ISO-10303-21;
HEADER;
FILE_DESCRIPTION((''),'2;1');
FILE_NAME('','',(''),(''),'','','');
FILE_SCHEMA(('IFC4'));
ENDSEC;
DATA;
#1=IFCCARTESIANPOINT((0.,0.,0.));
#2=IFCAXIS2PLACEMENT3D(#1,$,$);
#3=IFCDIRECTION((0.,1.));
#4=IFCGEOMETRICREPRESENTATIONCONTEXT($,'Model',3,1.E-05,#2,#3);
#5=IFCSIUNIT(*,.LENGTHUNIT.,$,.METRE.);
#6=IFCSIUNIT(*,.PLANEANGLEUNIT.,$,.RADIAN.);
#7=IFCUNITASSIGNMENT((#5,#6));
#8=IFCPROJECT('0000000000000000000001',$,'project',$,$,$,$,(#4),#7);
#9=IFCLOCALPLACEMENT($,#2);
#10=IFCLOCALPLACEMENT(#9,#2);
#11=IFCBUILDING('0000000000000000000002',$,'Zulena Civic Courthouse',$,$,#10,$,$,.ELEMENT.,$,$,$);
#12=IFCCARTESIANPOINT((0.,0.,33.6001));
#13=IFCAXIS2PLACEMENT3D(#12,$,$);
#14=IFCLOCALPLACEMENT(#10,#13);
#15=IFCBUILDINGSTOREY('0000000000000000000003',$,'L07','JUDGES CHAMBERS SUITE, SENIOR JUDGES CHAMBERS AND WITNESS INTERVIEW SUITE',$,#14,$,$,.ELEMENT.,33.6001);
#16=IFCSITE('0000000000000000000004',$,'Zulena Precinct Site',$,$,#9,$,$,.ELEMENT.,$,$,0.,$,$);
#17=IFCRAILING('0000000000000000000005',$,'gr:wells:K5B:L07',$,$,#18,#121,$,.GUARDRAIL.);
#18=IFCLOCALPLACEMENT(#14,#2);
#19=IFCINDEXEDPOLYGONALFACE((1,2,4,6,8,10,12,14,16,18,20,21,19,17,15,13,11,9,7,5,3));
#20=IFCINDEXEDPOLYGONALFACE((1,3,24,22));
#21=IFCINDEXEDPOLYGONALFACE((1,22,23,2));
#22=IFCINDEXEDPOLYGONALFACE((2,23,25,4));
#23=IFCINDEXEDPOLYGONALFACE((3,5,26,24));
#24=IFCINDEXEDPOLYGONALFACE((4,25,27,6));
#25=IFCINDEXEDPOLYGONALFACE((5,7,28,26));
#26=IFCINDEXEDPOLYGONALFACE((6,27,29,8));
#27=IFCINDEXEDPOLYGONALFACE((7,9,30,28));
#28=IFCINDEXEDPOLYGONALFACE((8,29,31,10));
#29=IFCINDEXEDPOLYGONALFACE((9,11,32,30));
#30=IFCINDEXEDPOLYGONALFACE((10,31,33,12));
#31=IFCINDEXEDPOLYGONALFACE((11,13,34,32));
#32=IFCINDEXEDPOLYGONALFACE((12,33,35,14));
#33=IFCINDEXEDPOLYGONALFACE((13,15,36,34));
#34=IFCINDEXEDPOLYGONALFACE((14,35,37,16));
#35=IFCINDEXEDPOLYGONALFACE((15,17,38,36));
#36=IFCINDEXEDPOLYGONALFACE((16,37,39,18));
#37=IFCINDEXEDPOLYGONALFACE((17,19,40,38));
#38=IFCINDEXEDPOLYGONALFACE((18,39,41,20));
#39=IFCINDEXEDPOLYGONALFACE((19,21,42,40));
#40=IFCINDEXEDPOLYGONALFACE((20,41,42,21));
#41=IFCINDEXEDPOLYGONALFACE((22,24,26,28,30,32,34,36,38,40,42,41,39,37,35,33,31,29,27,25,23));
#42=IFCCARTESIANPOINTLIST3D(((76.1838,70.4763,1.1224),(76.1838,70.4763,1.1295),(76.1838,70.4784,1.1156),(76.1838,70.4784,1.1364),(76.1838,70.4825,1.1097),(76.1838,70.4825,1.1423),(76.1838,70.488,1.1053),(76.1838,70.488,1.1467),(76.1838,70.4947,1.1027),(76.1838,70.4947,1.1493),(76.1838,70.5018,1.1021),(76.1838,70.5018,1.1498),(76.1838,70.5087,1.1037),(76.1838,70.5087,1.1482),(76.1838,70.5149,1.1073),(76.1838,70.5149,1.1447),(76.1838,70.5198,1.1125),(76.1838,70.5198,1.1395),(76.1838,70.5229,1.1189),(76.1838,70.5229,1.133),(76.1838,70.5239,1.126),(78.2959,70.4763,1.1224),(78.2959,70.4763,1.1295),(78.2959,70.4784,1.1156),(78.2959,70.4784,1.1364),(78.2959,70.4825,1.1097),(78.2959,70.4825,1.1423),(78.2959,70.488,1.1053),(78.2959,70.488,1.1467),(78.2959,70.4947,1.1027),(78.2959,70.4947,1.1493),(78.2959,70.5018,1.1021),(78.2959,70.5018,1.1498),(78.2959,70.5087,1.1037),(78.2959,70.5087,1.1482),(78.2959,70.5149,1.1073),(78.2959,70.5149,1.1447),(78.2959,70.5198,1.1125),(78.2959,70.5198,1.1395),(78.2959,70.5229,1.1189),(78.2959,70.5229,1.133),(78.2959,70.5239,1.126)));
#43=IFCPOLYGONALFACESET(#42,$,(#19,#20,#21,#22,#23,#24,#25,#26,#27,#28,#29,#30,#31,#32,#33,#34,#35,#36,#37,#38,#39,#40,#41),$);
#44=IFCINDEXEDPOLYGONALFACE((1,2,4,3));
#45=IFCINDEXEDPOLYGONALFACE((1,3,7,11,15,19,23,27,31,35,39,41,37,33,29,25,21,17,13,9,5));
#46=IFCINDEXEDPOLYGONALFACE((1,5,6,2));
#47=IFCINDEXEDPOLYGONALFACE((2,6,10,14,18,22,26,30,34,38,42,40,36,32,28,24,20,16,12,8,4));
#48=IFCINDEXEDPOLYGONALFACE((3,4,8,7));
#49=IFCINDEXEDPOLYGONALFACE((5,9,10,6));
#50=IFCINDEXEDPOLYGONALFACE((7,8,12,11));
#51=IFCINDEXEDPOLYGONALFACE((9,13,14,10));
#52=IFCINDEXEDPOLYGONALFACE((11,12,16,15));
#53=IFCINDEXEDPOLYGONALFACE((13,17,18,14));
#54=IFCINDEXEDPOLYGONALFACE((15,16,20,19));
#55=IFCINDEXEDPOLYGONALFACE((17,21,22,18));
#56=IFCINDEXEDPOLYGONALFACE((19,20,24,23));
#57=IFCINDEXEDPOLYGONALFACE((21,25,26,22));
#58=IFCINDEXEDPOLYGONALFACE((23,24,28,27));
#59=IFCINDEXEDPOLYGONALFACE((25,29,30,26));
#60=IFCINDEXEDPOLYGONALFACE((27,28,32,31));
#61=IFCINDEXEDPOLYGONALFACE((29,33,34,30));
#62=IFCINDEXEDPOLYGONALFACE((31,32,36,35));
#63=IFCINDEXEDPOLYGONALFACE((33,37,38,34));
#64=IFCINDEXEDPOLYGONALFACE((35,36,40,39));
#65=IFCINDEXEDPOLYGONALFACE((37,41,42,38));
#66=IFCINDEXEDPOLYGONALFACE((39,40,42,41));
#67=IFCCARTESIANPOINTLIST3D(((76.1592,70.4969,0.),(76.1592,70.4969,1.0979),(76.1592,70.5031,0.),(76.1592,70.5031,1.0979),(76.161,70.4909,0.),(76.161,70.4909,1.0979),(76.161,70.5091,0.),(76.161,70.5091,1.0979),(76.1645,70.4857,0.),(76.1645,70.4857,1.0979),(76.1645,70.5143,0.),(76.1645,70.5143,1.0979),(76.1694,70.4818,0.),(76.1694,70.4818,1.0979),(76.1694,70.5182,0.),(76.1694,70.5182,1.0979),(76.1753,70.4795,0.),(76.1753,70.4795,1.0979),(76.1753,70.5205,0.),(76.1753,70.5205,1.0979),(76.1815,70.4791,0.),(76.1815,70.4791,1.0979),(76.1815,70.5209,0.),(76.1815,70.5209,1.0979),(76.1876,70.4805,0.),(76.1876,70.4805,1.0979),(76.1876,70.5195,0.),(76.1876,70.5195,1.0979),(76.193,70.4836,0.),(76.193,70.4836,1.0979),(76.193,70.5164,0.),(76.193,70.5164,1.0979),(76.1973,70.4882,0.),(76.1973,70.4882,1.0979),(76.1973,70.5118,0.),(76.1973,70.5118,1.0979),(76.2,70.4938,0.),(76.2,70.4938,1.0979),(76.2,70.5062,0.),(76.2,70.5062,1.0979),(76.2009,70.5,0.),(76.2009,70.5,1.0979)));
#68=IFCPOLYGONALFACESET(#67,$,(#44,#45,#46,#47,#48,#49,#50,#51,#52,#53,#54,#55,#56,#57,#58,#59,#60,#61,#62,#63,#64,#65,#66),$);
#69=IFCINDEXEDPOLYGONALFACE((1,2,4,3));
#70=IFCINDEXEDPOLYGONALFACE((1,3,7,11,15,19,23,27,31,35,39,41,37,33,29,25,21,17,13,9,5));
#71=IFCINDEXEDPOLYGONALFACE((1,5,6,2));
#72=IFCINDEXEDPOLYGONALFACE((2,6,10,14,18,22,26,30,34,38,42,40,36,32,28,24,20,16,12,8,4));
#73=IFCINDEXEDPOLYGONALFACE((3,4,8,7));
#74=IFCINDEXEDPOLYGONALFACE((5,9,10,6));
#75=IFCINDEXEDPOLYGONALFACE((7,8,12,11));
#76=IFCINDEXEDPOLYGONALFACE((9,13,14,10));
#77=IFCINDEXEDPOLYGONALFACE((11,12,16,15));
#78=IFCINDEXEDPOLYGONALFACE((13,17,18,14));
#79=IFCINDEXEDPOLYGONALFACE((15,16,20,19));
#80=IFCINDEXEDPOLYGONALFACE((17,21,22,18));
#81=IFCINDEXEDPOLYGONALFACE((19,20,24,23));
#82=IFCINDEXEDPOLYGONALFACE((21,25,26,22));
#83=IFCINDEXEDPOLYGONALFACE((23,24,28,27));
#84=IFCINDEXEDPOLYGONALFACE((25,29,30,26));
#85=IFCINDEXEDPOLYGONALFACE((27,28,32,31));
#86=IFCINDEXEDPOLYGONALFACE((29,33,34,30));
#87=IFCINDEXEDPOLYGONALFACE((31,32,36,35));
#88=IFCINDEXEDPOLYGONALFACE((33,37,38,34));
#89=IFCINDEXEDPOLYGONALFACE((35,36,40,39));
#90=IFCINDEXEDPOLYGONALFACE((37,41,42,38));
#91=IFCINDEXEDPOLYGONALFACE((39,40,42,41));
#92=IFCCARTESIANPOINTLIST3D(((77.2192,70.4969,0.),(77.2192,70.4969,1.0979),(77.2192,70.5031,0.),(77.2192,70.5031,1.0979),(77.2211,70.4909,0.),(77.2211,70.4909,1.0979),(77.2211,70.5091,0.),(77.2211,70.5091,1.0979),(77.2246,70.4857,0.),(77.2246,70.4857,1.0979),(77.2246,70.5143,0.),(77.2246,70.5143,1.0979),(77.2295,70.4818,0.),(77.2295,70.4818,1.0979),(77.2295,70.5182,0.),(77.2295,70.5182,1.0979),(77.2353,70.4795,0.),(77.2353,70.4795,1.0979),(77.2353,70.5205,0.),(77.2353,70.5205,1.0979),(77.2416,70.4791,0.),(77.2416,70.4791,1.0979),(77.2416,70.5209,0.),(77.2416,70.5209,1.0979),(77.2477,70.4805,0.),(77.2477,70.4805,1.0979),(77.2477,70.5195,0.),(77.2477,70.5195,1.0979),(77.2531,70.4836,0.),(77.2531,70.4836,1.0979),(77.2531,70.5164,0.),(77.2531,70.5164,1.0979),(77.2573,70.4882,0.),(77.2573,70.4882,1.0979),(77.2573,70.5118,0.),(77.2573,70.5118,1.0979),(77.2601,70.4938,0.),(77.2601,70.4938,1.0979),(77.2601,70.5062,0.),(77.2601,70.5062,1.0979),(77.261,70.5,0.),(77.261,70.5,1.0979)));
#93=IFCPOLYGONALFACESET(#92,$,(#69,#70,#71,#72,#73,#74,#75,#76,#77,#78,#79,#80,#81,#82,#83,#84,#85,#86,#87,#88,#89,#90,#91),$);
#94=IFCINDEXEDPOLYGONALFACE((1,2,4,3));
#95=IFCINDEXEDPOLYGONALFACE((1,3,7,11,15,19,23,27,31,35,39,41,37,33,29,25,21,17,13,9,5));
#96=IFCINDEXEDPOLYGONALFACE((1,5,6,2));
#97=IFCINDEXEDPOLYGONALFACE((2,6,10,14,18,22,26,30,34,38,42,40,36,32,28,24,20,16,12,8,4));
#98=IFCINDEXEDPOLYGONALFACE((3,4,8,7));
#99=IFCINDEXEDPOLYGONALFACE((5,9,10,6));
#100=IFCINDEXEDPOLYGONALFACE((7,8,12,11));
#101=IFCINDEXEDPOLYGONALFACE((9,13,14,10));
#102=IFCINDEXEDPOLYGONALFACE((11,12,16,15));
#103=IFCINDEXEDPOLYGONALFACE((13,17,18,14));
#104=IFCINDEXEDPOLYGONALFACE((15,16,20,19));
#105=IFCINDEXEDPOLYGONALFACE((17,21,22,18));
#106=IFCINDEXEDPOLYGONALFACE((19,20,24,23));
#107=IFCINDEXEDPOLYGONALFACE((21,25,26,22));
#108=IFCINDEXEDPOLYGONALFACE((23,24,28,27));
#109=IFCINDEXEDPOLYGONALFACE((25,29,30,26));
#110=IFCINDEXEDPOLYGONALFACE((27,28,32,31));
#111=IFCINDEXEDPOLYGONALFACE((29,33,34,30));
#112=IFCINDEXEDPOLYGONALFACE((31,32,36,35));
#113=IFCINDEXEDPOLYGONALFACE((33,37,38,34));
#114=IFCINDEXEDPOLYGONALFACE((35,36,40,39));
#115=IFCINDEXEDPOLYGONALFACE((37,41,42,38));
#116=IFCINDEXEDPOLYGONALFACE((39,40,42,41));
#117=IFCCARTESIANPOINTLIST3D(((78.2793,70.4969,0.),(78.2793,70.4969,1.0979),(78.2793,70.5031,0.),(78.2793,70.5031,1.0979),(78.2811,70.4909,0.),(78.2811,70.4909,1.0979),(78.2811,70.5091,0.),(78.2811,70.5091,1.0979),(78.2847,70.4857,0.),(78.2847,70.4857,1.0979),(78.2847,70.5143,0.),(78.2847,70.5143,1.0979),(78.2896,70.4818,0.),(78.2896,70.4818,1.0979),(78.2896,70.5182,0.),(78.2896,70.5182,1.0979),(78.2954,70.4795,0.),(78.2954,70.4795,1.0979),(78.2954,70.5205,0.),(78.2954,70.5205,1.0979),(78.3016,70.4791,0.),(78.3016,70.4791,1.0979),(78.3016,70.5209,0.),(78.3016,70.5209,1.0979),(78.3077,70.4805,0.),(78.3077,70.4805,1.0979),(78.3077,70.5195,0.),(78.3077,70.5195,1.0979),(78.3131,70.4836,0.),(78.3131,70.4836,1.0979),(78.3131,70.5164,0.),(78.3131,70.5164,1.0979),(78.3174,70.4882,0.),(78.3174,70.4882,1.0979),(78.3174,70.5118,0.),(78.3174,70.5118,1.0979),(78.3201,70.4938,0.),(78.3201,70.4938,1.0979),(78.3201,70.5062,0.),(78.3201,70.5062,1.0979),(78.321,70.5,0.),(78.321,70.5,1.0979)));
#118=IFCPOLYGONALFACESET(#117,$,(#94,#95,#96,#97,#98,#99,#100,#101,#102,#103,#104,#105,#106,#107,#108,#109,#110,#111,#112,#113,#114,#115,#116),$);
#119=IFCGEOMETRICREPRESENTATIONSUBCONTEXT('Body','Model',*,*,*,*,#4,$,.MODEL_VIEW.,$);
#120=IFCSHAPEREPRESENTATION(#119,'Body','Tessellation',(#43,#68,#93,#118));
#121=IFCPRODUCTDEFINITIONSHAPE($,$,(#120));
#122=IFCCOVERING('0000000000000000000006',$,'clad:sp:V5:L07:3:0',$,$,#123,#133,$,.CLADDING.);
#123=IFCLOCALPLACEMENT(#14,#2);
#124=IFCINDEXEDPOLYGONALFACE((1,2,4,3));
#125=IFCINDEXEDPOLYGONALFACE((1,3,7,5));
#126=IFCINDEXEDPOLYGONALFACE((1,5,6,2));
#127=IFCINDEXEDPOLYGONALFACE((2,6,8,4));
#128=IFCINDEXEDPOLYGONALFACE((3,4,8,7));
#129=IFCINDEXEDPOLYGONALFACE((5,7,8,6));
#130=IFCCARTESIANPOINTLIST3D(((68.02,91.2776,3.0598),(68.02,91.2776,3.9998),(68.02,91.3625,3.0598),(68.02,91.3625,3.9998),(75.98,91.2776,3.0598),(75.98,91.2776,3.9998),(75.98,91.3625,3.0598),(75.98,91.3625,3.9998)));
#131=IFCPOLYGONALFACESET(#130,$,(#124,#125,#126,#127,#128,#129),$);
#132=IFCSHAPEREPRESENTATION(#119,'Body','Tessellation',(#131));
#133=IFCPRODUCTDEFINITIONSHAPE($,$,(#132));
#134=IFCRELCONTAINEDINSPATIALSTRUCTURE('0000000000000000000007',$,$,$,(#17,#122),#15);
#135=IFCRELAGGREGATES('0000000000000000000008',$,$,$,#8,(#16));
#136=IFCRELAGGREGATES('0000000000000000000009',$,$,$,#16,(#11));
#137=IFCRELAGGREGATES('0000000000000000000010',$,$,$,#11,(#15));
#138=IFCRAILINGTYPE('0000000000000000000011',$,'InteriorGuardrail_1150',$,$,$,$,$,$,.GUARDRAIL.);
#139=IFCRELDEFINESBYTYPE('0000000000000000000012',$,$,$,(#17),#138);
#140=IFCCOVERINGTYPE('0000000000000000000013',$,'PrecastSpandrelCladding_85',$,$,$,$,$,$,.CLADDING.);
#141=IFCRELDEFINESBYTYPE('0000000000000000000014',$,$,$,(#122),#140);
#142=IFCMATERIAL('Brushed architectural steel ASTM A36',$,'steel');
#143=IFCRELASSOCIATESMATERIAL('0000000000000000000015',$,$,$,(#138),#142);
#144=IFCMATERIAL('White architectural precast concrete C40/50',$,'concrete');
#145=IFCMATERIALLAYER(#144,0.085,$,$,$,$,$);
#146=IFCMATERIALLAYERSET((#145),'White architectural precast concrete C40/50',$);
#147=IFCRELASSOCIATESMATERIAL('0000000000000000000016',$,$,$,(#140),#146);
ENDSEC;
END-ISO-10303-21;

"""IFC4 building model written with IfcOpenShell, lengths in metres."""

from ifc_helpers import new_model, si_unit, direction, frame, origin, origin_2d, place, context, subcontext, project, spatial, rectangle, circle, extrude, material, layer, layer_set, type_object, element, save


model = new_model("IFC4")

# Units and contexts
model_context = context("Model", 3, precision=1e-05, world=origin(), true_north=direction((0.0, 1.0)))
body_context = subcontext(model_context, "Body", "Model", "MODEL_VIEW")
ifc_project = project(units=[si_unit("LENGTHUNIT", "METRE"), si_unit("PLANEANGLEUNIT", "RADIAN")], contexts=[model_context])

# Site, building, storey
site_placement = place(None, origin())
site = spatial("IfcSite", under=ifc_project, at=site_placement, Name="Zulena Precinct Site", CompositionType="ELEMENT", RefElevation=0.0)
building_placement = place(site_placement, origin())
building = spatial("IfcBuilding", under=site, at=building_placement, Name="Zulena Civic Courthouse", CompositionType="ELEMENT")
storey_placement = place(building_placement, frame((0.0, 0.0, 33.6001)))
storey = spatial("IfcBuildingStorey", under=building, at=storey_placement, Name="L07", Description="JUDGES CHAMBERS SUITE, SENIOR JUDGES CHAMBERS AND WITNESS INTERVIEW SUITE", CompositionType="ELEMENT", Elevation=33.6001)

# Railing
ifc_material_1 = material(Name="Brushed architectural steel ASTM A36", Category="steel")
railing_type = type_object("IfcRailingType", Name="InteriorGuardrail_1150", PredefinedType="GUARDRAIL", material=ifc_material_1)
railing_1_placement = place(storey_placement, frame((76.1799, 70.5, 0.0)))
element("IfcRailing", 1, at=railing_1_placement, inside=storey, type_object=railing_type, Name="gr:wells:K5B:L07", PredefinedType="GUARDRAIL", context=body_context, shape_type="SweptSolid", body=[
    extrude(circle(Radius=0.0239, at=origin_2d()), frame((0.0039, 0.0, 1.126), z_axis=(1.0, 0.0, 0.0), x_axis=(0.0, 1.0, 0.0)), (0.0, 0.0, 1.0), 2.1121),
    extrude(circle(Radius=0.021, at=origin_2d()), origin(), (0.0, 0.0, 1.0), 1.0979),
    extrude(circle(Radius=0.021, at=origin_2d()), frame((1.0601, 0.0, 0.0)), (0.0, 0.0, 1.0), 1.0979),
    extrude(circle(Radius=0.021, at=origin_2d()), frame((2.1201, 0.0, 0.0)), (0.0, 0.0, 1.0), 1.0979),
])

# Covering
ifc_material_2 = material(Name="White architectural precast concrete C40/50", Category="concrete")
ifc_layer_1 = layer(ifc_material_2, 0.085)
ifc_layer_set_1 = layer_set([ifc_layer_1], Name="White architectural precast concrete C40/50")
covering_type = type_object("IfcCoveringType", Name="PrecastSpandrelCladding_85", PredefinedType="CLADDING", material=ifc_layer_set_1)
covering_placement = place(storey_placement, frame((72.0, 91.3201, 3.0598), z_axis=(0.0, 0.0, 1.0), x_axis=(1.0, 0.0, 0.0)))
element("IfcCovering", 2, at=covering_placement, inside=storey, type_object=covering_type, Name="clad:sp:V5:L07:3:0", PredefinedType="CLADDING", context=body_context, shape_type="SweptSolid", body=[
    extrude(rectangle(XDim=7.96, YDim=0.085, at=origin_2d()), origin(), (0.0, 0.0, 1.0), 0.9399),
])

save(model, "model.ifc")
